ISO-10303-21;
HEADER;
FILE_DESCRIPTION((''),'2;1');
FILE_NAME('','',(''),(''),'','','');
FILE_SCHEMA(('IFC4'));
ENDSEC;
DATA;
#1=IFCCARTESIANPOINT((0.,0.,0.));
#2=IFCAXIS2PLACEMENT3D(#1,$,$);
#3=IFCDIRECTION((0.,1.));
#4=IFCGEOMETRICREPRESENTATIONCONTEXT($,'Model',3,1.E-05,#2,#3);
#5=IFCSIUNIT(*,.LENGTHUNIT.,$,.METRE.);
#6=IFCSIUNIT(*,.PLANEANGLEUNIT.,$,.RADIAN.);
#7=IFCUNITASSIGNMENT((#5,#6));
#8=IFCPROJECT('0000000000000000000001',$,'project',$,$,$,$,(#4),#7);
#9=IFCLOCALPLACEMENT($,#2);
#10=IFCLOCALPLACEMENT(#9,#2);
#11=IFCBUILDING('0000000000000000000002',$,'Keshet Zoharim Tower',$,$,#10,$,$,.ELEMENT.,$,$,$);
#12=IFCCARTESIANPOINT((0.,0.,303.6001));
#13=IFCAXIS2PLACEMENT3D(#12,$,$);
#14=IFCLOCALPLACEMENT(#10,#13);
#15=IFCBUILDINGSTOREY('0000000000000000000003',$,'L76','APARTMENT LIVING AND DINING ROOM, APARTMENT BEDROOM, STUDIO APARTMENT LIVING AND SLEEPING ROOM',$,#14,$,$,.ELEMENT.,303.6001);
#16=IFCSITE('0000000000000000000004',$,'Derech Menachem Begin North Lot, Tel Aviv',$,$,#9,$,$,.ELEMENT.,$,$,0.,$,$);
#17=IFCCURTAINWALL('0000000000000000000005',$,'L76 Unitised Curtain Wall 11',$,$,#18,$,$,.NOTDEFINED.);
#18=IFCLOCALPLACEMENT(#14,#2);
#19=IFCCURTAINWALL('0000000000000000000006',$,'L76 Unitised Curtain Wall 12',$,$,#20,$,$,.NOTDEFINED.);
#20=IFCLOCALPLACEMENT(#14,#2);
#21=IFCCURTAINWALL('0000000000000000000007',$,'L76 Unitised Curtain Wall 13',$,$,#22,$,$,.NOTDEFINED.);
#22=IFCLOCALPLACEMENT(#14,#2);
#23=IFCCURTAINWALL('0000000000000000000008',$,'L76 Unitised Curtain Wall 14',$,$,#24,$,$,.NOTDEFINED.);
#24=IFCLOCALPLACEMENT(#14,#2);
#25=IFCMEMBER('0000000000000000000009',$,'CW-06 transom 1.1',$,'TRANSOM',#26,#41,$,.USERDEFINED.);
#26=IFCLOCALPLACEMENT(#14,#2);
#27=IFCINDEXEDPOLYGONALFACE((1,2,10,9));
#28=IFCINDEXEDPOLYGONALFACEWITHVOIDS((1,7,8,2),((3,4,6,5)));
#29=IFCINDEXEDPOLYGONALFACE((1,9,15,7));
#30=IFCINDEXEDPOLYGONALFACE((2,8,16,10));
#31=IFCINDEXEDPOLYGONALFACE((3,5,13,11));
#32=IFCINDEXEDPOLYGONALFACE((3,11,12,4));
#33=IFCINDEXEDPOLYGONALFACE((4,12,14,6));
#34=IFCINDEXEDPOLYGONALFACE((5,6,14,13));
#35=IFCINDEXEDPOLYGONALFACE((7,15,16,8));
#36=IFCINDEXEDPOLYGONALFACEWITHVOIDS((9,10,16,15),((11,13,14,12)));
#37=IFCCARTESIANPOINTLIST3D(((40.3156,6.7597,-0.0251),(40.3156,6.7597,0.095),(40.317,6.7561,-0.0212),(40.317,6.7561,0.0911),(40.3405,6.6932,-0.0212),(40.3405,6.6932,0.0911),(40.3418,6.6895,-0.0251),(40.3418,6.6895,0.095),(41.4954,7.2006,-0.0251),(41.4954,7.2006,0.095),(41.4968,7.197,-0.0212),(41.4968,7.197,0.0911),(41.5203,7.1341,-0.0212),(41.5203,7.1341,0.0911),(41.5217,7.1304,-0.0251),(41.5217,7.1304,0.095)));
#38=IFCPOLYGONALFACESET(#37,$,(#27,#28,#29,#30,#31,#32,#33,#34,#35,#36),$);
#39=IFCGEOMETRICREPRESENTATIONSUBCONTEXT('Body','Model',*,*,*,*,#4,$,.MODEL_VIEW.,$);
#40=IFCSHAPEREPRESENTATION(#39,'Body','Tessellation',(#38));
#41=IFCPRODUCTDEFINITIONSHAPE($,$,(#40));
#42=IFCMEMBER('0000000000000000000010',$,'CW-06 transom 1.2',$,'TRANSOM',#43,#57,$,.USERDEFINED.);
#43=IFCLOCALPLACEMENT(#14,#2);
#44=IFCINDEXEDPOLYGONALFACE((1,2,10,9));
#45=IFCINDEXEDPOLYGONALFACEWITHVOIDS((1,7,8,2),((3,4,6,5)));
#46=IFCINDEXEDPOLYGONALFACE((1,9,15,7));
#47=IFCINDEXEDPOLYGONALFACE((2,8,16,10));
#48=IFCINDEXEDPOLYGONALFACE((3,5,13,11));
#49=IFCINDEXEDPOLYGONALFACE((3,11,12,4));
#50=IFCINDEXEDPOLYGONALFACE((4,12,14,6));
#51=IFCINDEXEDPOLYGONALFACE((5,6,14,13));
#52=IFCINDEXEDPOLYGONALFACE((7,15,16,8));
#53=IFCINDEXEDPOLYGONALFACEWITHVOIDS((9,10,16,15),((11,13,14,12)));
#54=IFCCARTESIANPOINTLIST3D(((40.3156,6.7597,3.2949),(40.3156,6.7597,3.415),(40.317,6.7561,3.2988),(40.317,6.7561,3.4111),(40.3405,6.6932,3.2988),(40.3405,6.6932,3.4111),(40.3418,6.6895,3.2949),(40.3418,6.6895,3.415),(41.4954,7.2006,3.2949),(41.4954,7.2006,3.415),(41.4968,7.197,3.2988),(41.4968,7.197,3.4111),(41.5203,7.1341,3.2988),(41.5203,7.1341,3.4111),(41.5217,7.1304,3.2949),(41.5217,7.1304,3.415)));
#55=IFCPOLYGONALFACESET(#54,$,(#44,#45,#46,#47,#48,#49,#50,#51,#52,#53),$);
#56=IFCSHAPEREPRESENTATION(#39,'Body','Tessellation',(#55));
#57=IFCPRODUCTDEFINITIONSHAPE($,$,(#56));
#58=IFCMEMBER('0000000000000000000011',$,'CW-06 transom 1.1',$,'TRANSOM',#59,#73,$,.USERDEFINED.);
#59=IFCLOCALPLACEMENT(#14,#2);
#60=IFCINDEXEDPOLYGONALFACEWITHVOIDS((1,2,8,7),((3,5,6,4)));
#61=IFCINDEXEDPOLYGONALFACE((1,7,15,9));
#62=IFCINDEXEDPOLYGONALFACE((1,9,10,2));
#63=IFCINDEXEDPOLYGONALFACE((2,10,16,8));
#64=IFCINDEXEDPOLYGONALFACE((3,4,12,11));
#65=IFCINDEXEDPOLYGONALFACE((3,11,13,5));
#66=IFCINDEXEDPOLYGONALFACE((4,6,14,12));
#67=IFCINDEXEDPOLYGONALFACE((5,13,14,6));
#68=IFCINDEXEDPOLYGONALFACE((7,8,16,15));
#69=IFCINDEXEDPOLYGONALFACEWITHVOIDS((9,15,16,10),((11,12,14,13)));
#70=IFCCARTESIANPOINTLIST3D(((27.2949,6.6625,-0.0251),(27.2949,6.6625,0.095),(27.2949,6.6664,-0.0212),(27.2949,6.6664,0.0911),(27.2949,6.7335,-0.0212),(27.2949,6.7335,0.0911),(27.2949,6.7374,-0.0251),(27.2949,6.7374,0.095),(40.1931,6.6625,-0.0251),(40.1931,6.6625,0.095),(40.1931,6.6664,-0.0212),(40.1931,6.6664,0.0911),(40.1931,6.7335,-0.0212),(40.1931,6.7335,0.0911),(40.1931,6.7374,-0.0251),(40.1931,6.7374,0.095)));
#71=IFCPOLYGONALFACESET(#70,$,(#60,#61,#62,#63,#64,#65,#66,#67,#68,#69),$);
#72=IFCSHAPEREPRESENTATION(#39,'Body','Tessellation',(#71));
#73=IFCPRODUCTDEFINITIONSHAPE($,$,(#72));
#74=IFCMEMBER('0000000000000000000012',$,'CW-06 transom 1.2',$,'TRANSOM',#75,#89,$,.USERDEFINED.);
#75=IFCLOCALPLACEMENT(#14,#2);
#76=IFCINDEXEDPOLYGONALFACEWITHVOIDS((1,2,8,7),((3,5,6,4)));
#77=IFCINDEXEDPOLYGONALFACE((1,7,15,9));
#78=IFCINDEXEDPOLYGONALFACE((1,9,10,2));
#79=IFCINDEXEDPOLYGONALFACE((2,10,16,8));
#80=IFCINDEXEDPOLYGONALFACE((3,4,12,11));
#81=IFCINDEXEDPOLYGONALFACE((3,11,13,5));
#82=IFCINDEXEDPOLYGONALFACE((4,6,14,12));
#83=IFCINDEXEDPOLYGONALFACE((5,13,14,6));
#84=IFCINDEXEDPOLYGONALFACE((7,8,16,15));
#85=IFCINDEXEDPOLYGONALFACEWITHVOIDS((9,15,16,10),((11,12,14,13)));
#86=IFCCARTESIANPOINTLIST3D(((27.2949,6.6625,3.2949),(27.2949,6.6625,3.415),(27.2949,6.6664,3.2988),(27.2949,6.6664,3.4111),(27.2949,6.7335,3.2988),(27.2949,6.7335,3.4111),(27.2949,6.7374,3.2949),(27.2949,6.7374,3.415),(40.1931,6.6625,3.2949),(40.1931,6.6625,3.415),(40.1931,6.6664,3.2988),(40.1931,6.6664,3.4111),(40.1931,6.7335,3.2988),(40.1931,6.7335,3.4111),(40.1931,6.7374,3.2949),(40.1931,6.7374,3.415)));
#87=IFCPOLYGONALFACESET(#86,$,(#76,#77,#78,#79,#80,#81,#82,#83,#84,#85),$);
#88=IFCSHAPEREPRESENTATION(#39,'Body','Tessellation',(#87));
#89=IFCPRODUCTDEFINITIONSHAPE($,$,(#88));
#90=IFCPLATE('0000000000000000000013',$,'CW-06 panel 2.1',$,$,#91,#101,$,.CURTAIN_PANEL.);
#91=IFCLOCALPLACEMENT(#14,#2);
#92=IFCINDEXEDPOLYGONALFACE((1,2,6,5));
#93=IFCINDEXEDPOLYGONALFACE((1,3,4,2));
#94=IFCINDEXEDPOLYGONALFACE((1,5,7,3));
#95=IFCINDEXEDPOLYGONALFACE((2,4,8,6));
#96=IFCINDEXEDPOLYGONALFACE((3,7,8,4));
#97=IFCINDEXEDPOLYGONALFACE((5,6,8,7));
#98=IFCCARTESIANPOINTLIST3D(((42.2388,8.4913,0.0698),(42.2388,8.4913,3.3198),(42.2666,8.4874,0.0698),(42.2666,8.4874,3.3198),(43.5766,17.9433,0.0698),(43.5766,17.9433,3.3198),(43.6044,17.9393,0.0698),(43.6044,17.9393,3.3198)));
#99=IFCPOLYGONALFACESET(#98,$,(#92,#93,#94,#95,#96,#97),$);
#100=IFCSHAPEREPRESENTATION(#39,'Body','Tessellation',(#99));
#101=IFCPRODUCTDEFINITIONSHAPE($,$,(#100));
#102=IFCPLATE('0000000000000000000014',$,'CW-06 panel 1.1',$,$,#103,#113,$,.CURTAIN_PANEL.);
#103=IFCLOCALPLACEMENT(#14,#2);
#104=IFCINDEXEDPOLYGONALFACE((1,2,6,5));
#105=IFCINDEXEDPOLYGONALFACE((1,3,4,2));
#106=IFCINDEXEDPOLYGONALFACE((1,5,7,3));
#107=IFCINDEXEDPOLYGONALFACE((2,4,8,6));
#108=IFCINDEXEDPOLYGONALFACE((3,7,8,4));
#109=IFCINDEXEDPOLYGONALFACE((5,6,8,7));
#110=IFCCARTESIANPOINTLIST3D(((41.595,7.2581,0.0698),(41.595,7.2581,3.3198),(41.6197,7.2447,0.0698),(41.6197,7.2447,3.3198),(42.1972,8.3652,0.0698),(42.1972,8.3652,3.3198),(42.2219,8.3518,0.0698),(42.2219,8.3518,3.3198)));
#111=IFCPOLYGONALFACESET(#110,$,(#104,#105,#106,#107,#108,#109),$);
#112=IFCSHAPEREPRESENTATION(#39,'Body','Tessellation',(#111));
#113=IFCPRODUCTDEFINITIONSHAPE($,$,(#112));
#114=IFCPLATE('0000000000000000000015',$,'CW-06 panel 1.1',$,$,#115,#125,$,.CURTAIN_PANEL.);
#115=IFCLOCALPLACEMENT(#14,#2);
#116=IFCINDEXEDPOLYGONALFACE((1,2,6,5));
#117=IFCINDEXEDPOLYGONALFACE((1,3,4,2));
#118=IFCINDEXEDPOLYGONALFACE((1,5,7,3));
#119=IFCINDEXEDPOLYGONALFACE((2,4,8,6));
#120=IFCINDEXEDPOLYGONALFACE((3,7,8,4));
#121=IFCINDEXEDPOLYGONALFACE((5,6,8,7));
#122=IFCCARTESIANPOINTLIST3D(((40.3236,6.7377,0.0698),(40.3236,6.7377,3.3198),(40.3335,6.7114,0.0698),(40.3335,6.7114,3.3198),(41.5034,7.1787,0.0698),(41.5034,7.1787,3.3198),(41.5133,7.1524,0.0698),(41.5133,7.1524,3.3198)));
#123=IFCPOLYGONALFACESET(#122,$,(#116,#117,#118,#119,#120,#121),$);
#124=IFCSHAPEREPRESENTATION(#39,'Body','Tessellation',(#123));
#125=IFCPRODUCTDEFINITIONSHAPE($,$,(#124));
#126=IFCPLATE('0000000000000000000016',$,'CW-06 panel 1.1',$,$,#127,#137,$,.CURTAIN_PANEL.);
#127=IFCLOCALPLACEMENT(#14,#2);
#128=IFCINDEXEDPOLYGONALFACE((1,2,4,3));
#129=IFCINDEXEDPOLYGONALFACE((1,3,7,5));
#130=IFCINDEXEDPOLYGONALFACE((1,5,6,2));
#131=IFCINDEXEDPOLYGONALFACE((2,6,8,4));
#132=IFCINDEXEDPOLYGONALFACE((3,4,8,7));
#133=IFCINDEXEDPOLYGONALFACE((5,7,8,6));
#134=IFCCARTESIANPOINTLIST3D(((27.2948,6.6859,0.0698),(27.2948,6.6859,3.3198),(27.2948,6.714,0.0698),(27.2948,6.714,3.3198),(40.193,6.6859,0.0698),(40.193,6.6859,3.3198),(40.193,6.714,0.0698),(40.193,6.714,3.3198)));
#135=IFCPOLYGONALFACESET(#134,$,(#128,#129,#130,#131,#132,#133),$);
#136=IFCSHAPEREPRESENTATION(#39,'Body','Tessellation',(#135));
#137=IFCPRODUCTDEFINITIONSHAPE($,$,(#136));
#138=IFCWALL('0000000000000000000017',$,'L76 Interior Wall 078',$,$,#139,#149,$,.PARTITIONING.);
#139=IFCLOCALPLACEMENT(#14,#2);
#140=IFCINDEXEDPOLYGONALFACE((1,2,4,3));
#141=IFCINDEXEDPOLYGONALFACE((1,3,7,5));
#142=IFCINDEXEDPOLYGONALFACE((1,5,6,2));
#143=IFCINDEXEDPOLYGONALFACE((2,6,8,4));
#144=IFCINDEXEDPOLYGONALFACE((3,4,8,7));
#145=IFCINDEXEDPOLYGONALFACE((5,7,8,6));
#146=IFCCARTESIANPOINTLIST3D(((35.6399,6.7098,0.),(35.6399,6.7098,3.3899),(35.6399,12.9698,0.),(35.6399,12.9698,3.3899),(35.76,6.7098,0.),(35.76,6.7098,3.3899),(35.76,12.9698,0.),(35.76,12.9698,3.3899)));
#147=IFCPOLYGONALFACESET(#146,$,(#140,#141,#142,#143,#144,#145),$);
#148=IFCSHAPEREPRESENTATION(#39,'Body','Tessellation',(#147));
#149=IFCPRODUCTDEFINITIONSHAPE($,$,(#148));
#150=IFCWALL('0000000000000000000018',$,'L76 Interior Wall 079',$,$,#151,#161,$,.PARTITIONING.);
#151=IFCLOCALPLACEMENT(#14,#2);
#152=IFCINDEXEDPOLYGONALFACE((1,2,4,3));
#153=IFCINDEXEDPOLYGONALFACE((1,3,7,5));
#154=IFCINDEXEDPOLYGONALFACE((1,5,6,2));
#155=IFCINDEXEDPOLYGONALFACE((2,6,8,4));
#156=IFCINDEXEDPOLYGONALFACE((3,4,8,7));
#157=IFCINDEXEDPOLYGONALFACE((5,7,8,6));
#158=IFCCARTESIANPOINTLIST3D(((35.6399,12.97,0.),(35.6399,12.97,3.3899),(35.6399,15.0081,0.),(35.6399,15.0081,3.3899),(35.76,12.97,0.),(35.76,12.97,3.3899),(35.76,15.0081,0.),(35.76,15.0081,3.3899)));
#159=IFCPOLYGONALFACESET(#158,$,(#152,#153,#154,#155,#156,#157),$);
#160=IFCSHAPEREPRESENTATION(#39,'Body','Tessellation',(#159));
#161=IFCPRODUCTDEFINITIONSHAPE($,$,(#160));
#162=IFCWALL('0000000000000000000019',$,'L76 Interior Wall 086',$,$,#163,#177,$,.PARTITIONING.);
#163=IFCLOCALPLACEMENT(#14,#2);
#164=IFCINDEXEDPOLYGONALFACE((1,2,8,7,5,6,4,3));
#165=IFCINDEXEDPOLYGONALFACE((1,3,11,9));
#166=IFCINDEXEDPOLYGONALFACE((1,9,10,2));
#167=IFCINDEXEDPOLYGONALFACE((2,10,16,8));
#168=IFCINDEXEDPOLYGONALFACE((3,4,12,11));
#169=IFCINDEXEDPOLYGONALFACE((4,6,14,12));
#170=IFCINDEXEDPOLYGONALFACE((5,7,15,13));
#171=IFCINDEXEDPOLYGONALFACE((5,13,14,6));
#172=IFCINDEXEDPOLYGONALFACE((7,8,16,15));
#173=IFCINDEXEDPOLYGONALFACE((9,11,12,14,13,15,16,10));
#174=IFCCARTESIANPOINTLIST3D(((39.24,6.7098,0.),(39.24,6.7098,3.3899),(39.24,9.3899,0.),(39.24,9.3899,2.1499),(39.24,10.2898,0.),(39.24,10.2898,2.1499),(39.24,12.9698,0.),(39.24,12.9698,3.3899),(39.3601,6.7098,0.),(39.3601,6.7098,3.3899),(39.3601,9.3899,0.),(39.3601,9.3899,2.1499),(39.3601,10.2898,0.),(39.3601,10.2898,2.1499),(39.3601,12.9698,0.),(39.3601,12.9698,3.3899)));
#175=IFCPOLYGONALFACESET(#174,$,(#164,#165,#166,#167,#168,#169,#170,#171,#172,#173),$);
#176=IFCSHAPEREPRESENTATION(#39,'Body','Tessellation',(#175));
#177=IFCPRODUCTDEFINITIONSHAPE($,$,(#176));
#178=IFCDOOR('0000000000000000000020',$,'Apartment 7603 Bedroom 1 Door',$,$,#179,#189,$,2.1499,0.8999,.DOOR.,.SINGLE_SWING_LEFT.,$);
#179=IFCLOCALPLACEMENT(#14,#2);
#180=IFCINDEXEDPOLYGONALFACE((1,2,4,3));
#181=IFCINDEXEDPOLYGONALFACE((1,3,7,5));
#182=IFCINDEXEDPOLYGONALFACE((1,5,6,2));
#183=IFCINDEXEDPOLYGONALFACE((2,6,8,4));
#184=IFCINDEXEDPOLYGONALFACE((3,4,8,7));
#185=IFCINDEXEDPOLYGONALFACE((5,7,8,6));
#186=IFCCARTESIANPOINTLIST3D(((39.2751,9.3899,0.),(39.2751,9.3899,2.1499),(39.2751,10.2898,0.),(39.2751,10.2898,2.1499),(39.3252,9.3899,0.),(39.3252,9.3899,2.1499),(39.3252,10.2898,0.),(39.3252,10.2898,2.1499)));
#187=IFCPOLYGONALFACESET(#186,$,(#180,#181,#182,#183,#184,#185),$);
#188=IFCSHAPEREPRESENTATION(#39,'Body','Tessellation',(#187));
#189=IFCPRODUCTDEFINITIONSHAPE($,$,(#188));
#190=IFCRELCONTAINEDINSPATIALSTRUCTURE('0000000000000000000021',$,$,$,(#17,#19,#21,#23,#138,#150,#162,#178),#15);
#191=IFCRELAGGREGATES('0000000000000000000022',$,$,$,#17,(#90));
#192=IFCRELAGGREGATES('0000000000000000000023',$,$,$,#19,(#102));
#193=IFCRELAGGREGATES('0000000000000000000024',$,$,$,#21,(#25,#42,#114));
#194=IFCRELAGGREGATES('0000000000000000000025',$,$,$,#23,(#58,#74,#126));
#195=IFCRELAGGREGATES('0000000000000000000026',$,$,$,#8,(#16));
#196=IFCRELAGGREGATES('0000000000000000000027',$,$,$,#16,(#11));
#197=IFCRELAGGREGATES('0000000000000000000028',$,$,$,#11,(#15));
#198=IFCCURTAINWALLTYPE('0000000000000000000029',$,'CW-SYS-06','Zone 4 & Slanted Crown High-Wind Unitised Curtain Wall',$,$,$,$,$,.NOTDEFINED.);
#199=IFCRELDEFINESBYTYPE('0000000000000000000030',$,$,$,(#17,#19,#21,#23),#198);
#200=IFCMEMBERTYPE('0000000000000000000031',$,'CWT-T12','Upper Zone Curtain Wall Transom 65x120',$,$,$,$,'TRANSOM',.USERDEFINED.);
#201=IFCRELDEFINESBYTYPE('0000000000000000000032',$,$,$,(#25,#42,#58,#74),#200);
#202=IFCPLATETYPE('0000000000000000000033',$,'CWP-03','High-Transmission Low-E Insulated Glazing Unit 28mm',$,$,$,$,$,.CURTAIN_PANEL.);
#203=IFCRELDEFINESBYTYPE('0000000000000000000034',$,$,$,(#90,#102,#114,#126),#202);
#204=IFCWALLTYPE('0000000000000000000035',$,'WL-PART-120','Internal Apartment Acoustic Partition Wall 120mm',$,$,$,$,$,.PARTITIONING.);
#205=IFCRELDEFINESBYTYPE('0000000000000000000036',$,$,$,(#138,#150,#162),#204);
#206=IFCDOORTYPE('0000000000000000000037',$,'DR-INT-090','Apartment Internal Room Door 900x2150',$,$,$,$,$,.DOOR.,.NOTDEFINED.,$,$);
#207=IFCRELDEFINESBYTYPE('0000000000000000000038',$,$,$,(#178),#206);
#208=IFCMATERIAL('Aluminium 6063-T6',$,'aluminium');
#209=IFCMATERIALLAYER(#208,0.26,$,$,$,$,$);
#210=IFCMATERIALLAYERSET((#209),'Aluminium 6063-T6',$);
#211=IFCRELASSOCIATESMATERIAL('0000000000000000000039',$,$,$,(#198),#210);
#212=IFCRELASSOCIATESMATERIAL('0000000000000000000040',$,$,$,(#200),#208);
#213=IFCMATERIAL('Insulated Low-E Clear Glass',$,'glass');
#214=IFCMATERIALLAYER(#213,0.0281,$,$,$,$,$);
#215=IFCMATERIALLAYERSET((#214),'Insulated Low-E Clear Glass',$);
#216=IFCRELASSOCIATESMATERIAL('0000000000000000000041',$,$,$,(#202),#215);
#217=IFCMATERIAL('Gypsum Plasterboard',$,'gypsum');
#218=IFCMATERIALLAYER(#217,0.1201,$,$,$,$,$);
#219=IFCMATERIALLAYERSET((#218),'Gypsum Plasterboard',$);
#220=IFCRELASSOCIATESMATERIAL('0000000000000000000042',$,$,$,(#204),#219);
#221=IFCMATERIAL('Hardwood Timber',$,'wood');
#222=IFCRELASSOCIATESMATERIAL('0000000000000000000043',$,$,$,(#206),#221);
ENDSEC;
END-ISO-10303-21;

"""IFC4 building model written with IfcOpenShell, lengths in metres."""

from ifc_helpers import new_model, si_unit, direction, frame, frame_2d, origin, origin_2d, place, context, subcontext, project, spatial, rectangle, hollow_rectangle, extrude, material, layer, layer_set, material_profile, profile_set, type_object, element, fill, aggregate, save


model = new_model("IFC4")

# Units and contexts
model_context = context("Model", 3, precision=1e-05, world=origin(), true_north=direction((0.0, 1.0)))
body_context = subcontext(model_context, "Body", "Model", "MODEL_VIEW")
ifc_project = project(units=[si_unit("LENGTHUNIT", "METRE"), si_unit("PLANEANGLEUNIT", "RADIAN")], contexts=[model_context])

# Site, building, storey
site_placement = place(None, origin())
site = spatial("IfcSite", under=ifc_project, at=site_placement, Name="Derech Menachem Begin North Lot, Tel Aviv", CompositionType="ELEMENT", RefElevation=0.0)
building_placement = place(site_placement, origin())
building = spatial("IfcBuilding", under=site, at=building_placement, Name="Keshet Zoharim Tower", CompositionType="ELEMENT")
storey_placement = place(building_placement, frame((0.0, 0.0, 303.6001)))
storey = spatial("IfcBuildingStorey", under=building, at=storey_placement, Name="L76", Description="APARTMENT LIVING AND DINING ROOM, APARTMENT BEDROOM, STUDIO APARTMENT LIVING AND SLEEPING ROOM", CompositionType="ELEMENT", Elevation=303.6001)

# Curtain wall
ifc_material_1 = material(Name="Aluminium 6063-T6", Category="aluminium")
ifc_layer_1 = layer(ifc_material_1, 0.26)
ifc_layer_set_1 = layer_set([ifc_layer_1], Name="Aluminium 6063-T6")
curtain_wall_type = type_object("IfcCurtainWallType", Name="CW-SYS-06", Description="Zone 4 & Slanted Crown High-Wind Unitised Curtain Wall", PredefinedType="NOTDEFINED", material=ifc_layer_set_1)
curtain_wall_1_placement = place(storey_placement, origin())
curtain_wall_1 = element("IfcCurtainWall", 1, at=curtain_wall_1_placement, inside=storey, type_object=curtain_wall_type, Name="L76 Unitised Curtain Wall 11", PredefinedType="NOTDEFINED")

# Curtain walls
curtain_wall_2_placement = place(storey_placement, origin())
curtain_wall_2 = element("IfcCurtainWall", 2, at=curtain_wall_2_placement, inside=storey, type_object=curtain_wall_type, Name="L76 Unitised Curtain Wall 12", PredefinedType="NOTDEFINED")
curtain_wall_3_placement = place(storey_placement, origin())
curtain_wall_3 = element("IfcCurtainWall", 3, at=curtain_wall_3_placement, inside=storey, type_object=curtain_wall_type, Name="L76 Unitised Curtain Wall 13", PredefinedType="NOTDEFINED")

# Curtain wall
curtain_wall_4_placement = place(storey_placement, origin())
curtain_wall_4 = element("IfcCurtainWall", 4, at=curtain_wall_4_placement, inside=storey, type_object=curtain_wall_type, Name="L76 Unitised Curtain Wall 14", PredefinedType="NOTDEFINED")

# Members
ifc_material_profile_1 = material_profile(ifc_material_1, hollow_rectangle(XDim=0.075, YDim=0.1201, WallThickness=0.0039, at=origin_2d()), Name="TRN-75x120")
ifc_profile_set_1 = profile_set([ifc_material_profile_1], Name="Aluminium 6063-T6")
member_type_1 = type_object("IfcMemberType", Name="CWT-T12", Description="Upper Zone Curtain Wall Transom 65x120", ElementType="TRANSOM", PredefinedType="USERDEFINED", material=ifc_profile_set_1)
member_1_placement = place(storey_placement, frame((41.5085, 7.1655, 0.0349), z_axis=(-0.936735, -0.35004, 0.0), x_axis=(0.35004, -0.936735, 0.0)))
member_1 = element("IfcMember", 5, at=member_1_placement, type_object=member_type_1, Name="CW-06 transom 1.1", ObjectType="TRANSOM", PredefinedType="USERDEFINED", context=body_context, shape_type="SweptSolid", body=[
    extrude(hollow_rectangle(XDim=0.075, YDim=0.1201, WallThickness=0.0039, at=origin_2d()), origin(), (0.0, 0.0, 1.0), 1.2595),
])
member_2_placement = place(storey_placement, frame((41.5085, 7.1655, 3.355), z_axis=(-0.936735, -0.35004, 0.0), x_axis=(0.35004, -0.936735, 0.0)))
member_2 = element("IfcMember", 6, at=member_2_placement, type_object=member_type_1, Name="CW-06 transom 1.2", ObjectType="TRANSOM", PredefinedType="USERDEFINED", context=body_context, shape_type="SweptSolid", body=[
    extrude(hollow_rectangle(XDim=0.075, YDim=0.1201, WallThickness=0.0039, at=origin_2d()), origin(), (0.0, 0.0, 1.0), 1.2595),
])
member_3_placement = place(storey_placement, frame((40.1931, 6.7, 0.0349), z_axis=(-1.0, 0.0, 0.0), x_axis=(0.0, -1.0, 0.0)))
member_3 = element("IfcMember", 7, at=member_3_placement, type_object=member_type_1, Name="CW-06 transom 1.1", ObjectType="TRANSOM", PredefinedType="USERDEFINED", context=body_context, shape_type="SweptSolid", body=[
    extrude(hollow_rectangle(XDim=0.075, YDim=0.1201, WallThickness=0.0039, at=origin_2d()), origin(), (0.0, 0.0, 1.0), 12.8982),
])
member_4_placement = place(storey_placement, frame((40.1931, 6.7, 3.355), z_axis=(-1.0, 0.0, 0.0), x_axis=(0.0, -1.0, 0.0)))
member_4 = element("IfcMember", 8, at=member_4_placement, type_object=member_type_1, Name="CW-06 transom 1.2", ObjectType="TRANSOM", PredefinedType="USERDEFINED", context=body_context, shape_type="SweptSolid", body=[
    extrude(hollow_rectangle(XDim=0.075, YDim=0.1201, WallThickness=0.0039, at=origin_2d()), origin(), (0.0, 0.0, 1.0), 12.8982),
])

# Plates
ifc_material_2 = material(Name="Insulated Low-E Clear Glass", Category="glass")
ifc_layer_2 = layer(ifc_material_2, 0.0281)
ifc_layer_set_2 = layer_set([ifc_layer_2], Name="Insulated Low-E Clear Glass")
plate_type = type_object("IfcPlateType", Name="CWP-03", Description="High-Transmission Low-E Insulated Glazing Unit 28mm", PredefinedType="CURTAIN_PANEL", material=ifc_layer_set_2)
plate_1_placement = place(storey_placement, frame((42.9216, 13.2153, 0.0698), z_axis=(0.0, 0.0, 1.0), x_axis=(-0.140137, -0.990132, 0.0)))
plate_1 = element("IfcPlate", 9, at=plate_1_placement, type_object=plate_type, Name="CW-06 panel 2.1", PredefinedType="CURTAIN_PANEL", context=body_context, shape_type="SweptSolid", body=[
    extrude(rectangle(XDim=9.5461, YDim=0.0281, at=origin_2d()), origin(), (0.0, 0.0, 1.0), 3.25),
])
aggregate(curtain_wall_1, [plate_1])
plate_2_placement = place(storey_placement, frame((41.9084, 7.8049, 0.0698), z_axis=(0.0, 0.0, 1.0), x_axis=(-0.477801, -0.878468, 0.0)))
plate_2 = element("IfcPlate", 10, at=plate_2_placement, type_object=plate_type, Name="CW-06 panel 1.1", PredefinedType="CURTAIN_PANEL", context=body_context, shape_type="SweptSolid", body=[
    extrude(rectangle(XDim=1.2603, YDim=0.0281, at=origin_2d()), origin(), (0.0, 0.0, 1.0), 3.25),
])
aggregate(curtain_wall_2, [plate_2])
plate_3_placement = place(storey_placement, frame((40.9185, 6.9451, 0.0698), z_axis=(0.0, 0.0, 1.0), x_axis=(-0.93671, -0.350105, 0.0)))
plate_3 = element("IfcPlate", 11, at=plate_3_placement, type_object=plate_type, Name="CW-06 panel 1.1", PredefinedType="CURTAIN_PANEL", context=body_context, shape_type="SweptSolid", body=[
    extrude(rectangle(XDim=1.2595, YDim=0.0281, at=origin_2d()), origin(), (0.0, 0.0, 1.0), 3.25),
])
aggregate(curtain_wall_3, [member_1, member_2, plate_3])
plate_4_placement = place(storey_placement, frame((33.7439, 6.7, 0.0698), z_axis=(0.0, 0.0, 1.0), x_axis=(-1.0, 0.0, 0.0)))
plate_4 = element("IfcPlate", 12, at=plate_4_placement, type_object=plate_type, Name="CW-06 panel 1.1", PredefinedType="CURTAIN_PANEL", context=body_context, shape_type="SweptSolid", body=[
    extrude(rectangle(XDim=12.8982, YDim=0.0281, at=origin_2d()), origin(), (0.0, 0.0, 1.0), 3.25),
])
aggregate(curtain_wall_4, [member_3, member_4, plate_4])

# Walls
ifc_material_3 = material(Name="Gypsum Plasterboard", Category="gypsum")
ifc_layer_3 = layer(ifc_material_3, 0.1201)
ifc_layer_set_3 = layer_set([ifc_layer_3], Name="Gypsum Plasterboard")
wall_type_1 = type_object("IfcWallType", Name="WL-PART-120", Description="Internal Apartment Acoustic Partition Wall 120mm", PredefinedType="PARTITIONING", material=ifc_layer_set_3)
wall_1_placement = place(storey_placement, frame((35.7, 6.71, 0.0), z_axis=(0.0, 0.0, 1.0), x_axis=(0.0, 1.0, 0.0)))
element("IfcWall", 13, at=wall_1_placement, inside=storey, type_object=wall_type_1, Name="L76 Interior Wall 078", PredefinedType="PARTITIONING", context=body_context, shape_type="SweptSolid", body=[
    extrude(rectangle(XDim=6.26, YDim=0.1201, at=frame_2d((3.1299, 0.0))), origin(), (0.0, 0.0, 1.0), 3.3899),
])
wall_2_placement = place(storey_placement, frame((35.7, 12.97, 0.0), z_axis=(0.0, 0.0, 1.0), x_axis=(0.0, 1.0, 0.0)))
element("IfcWall", 14, at=wall_2_placement, inside=storey, type_object=wall_type_1, Name="L76 Interior Wall 079", PredefinedType="PARTITIONING", context=body_context, shape_type="SweptSolid", body=[
    extrude(rectangle(XDim=2.0381, YDim=0.1201, at=frame_2d((1.019, 0.0))), origin(), (0.0, 0.0, 1.0), 3.3899),
])

# Wall, opening, door
wall_3_placement = place(storey_placement, frame((39.3, 6.71, 0.0), z_axis=(0.0, 0.0, 1.0), x_axis=(0.0, 1.0, 0.0)))
wall_3 = element("IfcWall", 15, at=wall_3_placement, inside=storey, type_object=wall_type_1, Name="L76 Interior Wall 086", PredefinedType="PARTITIONING", context=body_context, shape_type="SweptSolid", body=[
    extrude(rectangle(XDim=6.26, YDim=0.1201, at=frame_2d((3.1299, 0.0))), origin(), (0.0, 0.0, 1.0), 3.3899),
])
opening_1_placement = place(wall_3_placement, frame((2.6799, 0.0, 0.0)))
opening_1 = element("IfcOpeningElement", 16, at=opening_1_placement, cuts=wall_3, PredefinedType="OPENING", context=body_context, shape_type="SweptSolid", body=[
    extrude(rectangle(XDim=0.8999, YDim=2.1499, at=frame_2d((0.45, 1.075))), frame((0.0, 0.0701, 0.0), z_axis=(0.0, -1.0, 0.0), x_axis=(1.0, 0.0, 0.0)), (0.0, 0.0, 1.0), 0.1401),
])
ifc_material_4 = material(Name="Hardwood Timber", Category="wood")
door_type = type_object("IfcDoorType", Name="DR-INT-090", Description="Apartment Internal Room Door 900x2150", OperationType="NOTDEFINED", PredefinedType="DOOR", material=ifc_material_4)
door_1_placement = place(opening_1_placement, origin())
door_1 = element("IfcDoor", 17, at=door_1_placement, inside=storey, type_object=door_type, Name="Apartment 7603 Bedroom 1 Door", OperationType="SINGLE_SWING_LEFT", OverallHeight=2.1499, OverallWidth=0.8999, PredefinedType="DOOR", context=body_context, shape_type="SweptSolid", body=[
    extrude(rectangle(XDim=0.8999, YDim=2.1499, at=frame_2d((0.45, 1.075))), frame((0.0, 0.0249, 0.0), z_axis=(0.0, -1.0, 0.0), x_axis=(1.0, 0.0, 0.0)), (0.0, 0.0, 1.0), 0.05),
])
fill(opening_1, door_1)

save(model, "model.ifc")
